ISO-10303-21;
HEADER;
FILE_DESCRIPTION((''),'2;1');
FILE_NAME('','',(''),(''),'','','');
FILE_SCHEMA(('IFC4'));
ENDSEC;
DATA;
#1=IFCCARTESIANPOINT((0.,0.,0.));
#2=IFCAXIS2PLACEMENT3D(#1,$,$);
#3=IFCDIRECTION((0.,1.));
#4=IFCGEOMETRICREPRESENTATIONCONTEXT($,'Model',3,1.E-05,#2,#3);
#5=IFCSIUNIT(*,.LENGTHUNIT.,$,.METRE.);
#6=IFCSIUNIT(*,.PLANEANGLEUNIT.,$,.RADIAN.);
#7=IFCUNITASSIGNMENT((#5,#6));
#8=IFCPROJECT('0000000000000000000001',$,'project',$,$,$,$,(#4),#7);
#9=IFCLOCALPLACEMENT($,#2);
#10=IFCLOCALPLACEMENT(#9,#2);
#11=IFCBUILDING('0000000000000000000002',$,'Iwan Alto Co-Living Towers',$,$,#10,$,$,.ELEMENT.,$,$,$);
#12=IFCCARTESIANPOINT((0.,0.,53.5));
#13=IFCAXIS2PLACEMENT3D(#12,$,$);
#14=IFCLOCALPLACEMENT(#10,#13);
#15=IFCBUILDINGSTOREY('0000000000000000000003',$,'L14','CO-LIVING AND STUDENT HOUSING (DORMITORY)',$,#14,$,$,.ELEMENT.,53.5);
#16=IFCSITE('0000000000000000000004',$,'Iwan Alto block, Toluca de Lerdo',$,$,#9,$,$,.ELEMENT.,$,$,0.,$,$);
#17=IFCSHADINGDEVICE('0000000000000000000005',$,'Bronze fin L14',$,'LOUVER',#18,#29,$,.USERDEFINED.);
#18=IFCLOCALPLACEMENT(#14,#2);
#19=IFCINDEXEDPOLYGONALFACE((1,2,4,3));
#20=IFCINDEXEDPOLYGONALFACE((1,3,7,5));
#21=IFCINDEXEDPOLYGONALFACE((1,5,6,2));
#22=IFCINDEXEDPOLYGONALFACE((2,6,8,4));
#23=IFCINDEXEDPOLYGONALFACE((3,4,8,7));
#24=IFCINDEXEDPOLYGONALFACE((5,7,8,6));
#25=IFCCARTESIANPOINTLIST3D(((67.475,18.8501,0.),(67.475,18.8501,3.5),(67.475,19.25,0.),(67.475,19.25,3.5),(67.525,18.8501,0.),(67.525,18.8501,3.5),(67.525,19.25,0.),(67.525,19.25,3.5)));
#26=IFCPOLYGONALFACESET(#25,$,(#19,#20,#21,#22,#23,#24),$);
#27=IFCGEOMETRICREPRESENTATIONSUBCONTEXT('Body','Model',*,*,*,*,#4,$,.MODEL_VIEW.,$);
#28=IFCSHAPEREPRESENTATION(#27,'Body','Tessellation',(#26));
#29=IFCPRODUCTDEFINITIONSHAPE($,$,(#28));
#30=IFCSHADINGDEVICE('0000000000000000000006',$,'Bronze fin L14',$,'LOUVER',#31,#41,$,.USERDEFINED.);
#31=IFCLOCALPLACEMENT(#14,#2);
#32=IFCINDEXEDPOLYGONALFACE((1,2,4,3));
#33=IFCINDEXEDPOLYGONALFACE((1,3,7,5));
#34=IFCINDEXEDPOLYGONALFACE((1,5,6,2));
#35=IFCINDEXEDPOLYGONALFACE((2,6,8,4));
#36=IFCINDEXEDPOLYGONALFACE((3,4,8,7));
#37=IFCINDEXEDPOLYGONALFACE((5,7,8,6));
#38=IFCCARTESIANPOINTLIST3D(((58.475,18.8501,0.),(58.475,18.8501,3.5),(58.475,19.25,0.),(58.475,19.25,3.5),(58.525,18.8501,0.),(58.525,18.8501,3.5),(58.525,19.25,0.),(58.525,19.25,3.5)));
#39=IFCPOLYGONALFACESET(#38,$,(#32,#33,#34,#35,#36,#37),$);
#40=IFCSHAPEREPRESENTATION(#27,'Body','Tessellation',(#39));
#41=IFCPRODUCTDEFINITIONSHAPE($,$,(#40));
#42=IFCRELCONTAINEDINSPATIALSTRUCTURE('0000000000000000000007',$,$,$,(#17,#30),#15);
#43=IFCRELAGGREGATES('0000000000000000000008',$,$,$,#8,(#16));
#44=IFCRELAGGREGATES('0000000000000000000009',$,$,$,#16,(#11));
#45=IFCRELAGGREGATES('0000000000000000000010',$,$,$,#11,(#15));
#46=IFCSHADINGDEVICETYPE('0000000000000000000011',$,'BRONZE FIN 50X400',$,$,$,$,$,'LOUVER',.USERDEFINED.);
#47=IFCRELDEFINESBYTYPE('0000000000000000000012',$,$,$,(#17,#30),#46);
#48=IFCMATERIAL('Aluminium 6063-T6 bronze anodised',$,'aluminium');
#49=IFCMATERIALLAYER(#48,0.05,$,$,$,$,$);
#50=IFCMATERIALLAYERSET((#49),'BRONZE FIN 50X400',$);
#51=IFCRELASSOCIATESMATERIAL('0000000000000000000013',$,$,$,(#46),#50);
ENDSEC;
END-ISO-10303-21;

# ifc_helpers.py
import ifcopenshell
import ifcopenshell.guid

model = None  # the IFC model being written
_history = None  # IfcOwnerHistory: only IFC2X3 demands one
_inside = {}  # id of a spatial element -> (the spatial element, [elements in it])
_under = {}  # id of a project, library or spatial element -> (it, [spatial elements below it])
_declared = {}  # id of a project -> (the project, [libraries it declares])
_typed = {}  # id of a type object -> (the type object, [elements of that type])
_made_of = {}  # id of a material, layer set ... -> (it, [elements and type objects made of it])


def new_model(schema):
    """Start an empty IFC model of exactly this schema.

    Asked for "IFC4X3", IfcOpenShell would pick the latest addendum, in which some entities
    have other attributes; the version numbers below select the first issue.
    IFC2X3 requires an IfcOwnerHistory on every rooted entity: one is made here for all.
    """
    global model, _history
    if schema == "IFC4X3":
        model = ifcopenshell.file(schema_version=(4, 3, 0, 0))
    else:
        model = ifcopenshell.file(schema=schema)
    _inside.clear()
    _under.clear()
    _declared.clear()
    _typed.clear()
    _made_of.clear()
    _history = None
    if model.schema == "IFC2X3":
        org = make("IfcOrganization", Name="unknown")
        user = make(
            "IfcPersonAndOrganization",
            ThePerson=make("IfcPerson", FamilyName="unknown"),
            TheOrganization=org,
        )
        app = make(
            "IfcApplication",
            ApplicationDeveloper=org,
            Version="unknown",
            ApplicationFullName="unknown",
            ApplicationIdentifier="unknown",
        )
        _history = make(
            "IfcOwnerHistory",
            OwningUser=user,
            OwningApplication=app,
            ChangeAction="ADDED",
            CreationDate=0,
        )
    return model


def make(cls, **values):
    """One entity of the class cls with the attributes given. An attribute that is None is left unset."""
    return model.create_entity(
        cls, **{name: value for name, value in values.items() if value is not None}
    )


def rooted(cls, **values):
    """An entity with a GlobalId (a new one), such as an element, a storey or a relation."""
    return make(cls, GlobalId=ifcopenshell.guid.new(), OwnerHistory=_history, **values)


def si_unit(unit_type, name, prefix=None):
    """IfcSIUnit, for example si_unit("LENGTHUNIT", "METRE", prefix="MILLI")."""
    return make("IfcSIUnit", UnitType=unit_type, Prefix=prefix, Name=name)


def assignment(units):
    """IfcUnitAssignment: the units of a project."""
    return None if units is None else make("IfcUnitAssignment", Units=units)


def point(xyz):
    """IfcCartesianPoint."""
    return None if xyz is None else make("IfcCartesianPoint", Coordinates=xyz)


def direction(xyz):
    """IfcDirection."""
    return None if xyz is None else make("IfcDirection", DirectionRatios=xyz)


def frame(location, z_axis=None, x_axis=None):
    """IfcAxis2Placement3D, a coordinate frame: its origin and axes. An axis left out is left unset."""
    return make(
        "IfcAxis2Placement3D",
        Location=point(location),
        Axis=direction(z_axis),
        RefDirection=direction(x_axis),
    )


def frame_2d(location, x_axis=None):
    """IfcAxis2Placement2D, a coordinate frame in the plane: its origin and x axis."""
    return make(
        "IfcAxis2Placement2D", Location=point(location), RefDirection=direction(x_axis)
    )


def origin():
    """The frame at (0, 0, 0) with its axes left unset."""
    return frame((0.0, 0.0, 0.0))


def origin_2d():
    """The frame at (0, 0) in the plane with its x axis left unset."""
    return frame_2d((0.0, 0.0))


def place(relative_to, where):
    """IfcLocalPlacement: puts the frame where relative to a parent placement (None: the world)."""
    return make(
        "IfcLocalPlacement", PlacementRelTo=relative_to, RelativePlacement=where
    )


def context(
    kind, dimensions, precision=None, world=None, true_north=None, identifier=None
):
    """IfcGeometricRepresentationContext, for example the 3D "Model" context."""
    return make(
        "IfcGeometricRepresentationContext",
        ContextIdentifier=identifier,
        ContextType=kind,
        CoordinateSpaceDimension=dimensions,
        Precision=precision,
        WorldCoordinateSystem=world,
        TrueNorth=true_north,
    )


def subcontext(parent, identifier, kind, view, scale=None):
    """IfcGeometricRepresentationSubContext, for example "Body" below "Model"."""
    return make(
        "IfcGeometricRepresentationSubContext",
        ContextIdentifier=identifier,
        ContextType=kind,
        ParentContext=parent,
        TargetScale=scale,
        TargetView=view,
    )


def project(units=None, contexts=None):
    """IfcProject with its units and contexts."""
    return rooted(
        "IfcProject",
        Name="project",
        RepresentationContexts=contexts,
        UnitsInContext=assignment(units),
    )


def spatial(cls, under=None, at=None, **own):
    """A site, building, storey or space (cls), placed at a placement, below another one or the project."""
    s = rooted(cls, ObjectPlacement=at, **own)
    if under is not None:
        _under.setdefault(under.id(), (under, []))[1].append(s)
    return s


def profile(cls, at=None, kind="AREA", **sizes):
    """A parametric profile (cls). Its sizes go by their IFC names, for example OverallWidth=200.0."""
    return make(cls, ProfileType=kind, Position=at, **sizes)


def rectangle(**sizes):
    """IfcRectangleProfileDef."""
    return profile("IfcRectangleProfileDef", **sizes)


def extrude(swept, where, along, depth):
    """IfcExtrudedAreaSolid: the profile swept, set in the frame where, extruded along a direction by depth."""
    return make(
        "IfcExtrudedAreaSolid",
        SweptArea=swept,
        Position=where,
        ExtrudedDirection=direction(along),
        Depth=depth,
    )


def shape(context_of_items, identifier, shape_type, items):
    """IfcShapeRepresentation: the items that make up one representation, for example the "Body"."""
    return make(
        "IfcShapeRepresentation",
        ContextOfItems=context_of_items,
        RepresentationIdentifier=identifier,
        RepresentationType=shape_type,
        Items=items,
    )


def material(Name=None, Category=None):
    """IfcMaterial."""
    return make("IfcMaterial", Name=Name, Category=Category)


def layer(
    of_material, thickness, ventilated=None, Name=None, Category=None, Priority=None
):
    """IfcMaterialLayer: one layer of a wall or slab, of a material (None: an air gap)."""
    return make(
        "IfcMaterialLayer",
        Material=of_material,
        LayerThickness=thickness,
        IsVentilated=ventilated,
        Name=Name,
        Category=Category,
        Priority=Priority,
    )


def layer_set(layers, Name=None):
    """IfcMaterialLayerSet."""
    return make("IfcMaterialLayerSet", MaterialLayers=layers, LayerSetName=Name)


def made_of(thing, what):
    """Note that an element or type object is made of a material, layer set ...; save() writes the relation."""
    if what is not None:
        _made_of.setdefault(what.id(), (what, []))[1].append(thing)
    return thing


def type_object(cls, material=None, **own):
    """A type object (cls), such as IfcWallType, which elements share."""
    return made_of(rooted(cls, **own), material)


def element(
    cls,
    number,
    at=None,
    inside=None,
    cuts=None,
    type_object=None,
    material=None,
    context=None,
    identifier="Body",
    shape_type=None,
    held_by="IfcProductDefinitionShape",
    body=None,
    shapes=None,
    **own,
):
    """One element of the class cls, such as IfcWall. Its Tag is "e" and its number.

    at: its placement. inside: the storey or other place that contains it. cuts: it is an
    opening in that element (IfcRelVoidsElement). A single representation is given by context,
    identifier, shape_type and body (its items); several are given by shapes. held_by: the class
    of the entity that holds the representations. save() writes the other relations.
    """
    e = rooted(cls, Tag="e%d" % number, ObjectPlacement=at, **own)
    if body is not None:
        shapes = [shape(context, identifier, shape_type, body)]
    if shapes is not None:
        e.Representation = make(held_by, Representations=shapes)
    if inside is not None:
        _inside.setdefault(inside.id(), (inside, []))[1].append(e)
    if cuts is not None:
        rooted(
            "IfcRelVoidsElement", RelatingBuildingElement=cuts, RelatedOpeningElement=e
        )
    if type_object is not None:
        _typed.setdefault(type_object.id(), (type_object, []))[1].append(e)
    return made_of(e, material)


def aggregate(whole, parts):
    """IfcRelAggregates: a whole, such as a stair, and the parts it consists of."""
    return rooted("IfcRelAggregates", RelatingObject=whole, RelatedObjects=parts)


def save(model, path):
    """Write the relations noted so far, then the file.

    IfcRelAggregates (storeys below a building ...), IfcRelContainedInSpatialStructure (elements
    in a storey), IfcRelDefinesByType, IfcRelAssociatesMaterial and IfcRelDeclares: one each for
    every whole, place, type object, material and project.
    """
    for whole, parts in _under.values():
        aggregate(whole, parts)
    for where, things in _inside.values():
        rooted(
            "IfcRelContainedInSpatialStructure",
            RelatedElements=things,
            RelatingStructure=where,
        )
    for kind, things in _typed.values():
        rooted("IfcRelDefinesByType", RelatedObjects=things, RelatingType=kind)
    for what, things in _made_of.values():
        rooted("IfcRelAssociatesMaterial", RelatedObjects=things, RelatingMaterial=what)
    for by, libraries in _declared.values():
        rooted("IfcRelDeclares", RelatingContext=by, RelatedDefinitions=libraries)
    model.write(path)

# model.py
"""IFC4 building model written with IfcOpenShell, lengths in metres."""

from ifc_helpers import new_model, si_unit, direction, frame, origin, origin_2d, place, context, subcontext, project, spatial, rectangle, extrude, material, layer, layer_set, type_object, element, save


model = new_model("IFC4")

# Units and contexts
model_context = context("Model", 3, precision=1e-05, world=origin(), true_north=direction((0.0, 1.0)))
body_context = subcontext(model_context, "Body", "Model", "MODEL_VIEW")
ifc_project = project(units=[si_unit("LENGTHUNIT", "METRE"), si_unit("PLANEANGLEUNIT", "RADIAN")], contexts=[model_context])

# Site, building, storey
site_placement = place(None, origin())
site = spatial("IfcSite", under=ifc_project, at=site_placement, Name="Iwan Alto block, Toluca de Lerdo", CompositionType="ELEMENT", RefElevation=0.0)
building_placement = place(site_placement, origin())
building = spatial("IfcBuilding", under=site, at=building_placement, Name="Iwan Alto Co-Living Towers", CompositionType="ELEMENT")
storey_placement = place(building_placement, frame((0.0, 0.0, 53.5)))
storey = spatial("IfcBuildingStorey", under=building, at=storey_placement, Name="L14", Description="CO-LIVING AND STUDENT HOUSING (DORMITORY)", CompositionType="ELEMENT", Elevation=53.5)

# Shading devices
ifc_material_1 = material(Name="Aluminium 6063-T6 bronze anodised", Category="aluminium")
ifc_layer_1 = layer(ifc_material_1, 0.05)
ifc_layer_set_1 = layer_set([ifc_layer_1], Name="BRONZE FIN 50X400")
shading_device_type = type_object("IfcShadingDeviceType", Name="BRONZE FIN 50X400", ElementType="LOUVER", PredefinedType="USERDEFINED", material=ifc_layer_set_1)
for number, where, z_axis, x_axis, name in (
    (1, (67.5, 19.05, 0.0), (0.0, 0.0, 1.0), (-1.0, 0.0, 0.0), "Bronze fin L14"),
    (2, (58.5, 19.05, 0.0), (0.0, 0.0, 1.0), (-1.0, 0.0, 0.0), "Bronze fin L14"),
):
    element("IfcShadingDevice", number, at=place(storey_placement, frame(where, z_axis=z_axis, x_axis=x_axis)), inside=storey, type_object=shading_device_type, Name=name, ObjectType="LOUVER", PredefinedType="USERDEFINED", context=body_context, shape_type="SweptSolid", body=[
        extrude(rectangle(XDim=0.05, YDim=0.3999, at=origin_2d()), origin(), (0.0, 0.0, 1.0), 3.5),
    ])

save(model, "model.ifc")
